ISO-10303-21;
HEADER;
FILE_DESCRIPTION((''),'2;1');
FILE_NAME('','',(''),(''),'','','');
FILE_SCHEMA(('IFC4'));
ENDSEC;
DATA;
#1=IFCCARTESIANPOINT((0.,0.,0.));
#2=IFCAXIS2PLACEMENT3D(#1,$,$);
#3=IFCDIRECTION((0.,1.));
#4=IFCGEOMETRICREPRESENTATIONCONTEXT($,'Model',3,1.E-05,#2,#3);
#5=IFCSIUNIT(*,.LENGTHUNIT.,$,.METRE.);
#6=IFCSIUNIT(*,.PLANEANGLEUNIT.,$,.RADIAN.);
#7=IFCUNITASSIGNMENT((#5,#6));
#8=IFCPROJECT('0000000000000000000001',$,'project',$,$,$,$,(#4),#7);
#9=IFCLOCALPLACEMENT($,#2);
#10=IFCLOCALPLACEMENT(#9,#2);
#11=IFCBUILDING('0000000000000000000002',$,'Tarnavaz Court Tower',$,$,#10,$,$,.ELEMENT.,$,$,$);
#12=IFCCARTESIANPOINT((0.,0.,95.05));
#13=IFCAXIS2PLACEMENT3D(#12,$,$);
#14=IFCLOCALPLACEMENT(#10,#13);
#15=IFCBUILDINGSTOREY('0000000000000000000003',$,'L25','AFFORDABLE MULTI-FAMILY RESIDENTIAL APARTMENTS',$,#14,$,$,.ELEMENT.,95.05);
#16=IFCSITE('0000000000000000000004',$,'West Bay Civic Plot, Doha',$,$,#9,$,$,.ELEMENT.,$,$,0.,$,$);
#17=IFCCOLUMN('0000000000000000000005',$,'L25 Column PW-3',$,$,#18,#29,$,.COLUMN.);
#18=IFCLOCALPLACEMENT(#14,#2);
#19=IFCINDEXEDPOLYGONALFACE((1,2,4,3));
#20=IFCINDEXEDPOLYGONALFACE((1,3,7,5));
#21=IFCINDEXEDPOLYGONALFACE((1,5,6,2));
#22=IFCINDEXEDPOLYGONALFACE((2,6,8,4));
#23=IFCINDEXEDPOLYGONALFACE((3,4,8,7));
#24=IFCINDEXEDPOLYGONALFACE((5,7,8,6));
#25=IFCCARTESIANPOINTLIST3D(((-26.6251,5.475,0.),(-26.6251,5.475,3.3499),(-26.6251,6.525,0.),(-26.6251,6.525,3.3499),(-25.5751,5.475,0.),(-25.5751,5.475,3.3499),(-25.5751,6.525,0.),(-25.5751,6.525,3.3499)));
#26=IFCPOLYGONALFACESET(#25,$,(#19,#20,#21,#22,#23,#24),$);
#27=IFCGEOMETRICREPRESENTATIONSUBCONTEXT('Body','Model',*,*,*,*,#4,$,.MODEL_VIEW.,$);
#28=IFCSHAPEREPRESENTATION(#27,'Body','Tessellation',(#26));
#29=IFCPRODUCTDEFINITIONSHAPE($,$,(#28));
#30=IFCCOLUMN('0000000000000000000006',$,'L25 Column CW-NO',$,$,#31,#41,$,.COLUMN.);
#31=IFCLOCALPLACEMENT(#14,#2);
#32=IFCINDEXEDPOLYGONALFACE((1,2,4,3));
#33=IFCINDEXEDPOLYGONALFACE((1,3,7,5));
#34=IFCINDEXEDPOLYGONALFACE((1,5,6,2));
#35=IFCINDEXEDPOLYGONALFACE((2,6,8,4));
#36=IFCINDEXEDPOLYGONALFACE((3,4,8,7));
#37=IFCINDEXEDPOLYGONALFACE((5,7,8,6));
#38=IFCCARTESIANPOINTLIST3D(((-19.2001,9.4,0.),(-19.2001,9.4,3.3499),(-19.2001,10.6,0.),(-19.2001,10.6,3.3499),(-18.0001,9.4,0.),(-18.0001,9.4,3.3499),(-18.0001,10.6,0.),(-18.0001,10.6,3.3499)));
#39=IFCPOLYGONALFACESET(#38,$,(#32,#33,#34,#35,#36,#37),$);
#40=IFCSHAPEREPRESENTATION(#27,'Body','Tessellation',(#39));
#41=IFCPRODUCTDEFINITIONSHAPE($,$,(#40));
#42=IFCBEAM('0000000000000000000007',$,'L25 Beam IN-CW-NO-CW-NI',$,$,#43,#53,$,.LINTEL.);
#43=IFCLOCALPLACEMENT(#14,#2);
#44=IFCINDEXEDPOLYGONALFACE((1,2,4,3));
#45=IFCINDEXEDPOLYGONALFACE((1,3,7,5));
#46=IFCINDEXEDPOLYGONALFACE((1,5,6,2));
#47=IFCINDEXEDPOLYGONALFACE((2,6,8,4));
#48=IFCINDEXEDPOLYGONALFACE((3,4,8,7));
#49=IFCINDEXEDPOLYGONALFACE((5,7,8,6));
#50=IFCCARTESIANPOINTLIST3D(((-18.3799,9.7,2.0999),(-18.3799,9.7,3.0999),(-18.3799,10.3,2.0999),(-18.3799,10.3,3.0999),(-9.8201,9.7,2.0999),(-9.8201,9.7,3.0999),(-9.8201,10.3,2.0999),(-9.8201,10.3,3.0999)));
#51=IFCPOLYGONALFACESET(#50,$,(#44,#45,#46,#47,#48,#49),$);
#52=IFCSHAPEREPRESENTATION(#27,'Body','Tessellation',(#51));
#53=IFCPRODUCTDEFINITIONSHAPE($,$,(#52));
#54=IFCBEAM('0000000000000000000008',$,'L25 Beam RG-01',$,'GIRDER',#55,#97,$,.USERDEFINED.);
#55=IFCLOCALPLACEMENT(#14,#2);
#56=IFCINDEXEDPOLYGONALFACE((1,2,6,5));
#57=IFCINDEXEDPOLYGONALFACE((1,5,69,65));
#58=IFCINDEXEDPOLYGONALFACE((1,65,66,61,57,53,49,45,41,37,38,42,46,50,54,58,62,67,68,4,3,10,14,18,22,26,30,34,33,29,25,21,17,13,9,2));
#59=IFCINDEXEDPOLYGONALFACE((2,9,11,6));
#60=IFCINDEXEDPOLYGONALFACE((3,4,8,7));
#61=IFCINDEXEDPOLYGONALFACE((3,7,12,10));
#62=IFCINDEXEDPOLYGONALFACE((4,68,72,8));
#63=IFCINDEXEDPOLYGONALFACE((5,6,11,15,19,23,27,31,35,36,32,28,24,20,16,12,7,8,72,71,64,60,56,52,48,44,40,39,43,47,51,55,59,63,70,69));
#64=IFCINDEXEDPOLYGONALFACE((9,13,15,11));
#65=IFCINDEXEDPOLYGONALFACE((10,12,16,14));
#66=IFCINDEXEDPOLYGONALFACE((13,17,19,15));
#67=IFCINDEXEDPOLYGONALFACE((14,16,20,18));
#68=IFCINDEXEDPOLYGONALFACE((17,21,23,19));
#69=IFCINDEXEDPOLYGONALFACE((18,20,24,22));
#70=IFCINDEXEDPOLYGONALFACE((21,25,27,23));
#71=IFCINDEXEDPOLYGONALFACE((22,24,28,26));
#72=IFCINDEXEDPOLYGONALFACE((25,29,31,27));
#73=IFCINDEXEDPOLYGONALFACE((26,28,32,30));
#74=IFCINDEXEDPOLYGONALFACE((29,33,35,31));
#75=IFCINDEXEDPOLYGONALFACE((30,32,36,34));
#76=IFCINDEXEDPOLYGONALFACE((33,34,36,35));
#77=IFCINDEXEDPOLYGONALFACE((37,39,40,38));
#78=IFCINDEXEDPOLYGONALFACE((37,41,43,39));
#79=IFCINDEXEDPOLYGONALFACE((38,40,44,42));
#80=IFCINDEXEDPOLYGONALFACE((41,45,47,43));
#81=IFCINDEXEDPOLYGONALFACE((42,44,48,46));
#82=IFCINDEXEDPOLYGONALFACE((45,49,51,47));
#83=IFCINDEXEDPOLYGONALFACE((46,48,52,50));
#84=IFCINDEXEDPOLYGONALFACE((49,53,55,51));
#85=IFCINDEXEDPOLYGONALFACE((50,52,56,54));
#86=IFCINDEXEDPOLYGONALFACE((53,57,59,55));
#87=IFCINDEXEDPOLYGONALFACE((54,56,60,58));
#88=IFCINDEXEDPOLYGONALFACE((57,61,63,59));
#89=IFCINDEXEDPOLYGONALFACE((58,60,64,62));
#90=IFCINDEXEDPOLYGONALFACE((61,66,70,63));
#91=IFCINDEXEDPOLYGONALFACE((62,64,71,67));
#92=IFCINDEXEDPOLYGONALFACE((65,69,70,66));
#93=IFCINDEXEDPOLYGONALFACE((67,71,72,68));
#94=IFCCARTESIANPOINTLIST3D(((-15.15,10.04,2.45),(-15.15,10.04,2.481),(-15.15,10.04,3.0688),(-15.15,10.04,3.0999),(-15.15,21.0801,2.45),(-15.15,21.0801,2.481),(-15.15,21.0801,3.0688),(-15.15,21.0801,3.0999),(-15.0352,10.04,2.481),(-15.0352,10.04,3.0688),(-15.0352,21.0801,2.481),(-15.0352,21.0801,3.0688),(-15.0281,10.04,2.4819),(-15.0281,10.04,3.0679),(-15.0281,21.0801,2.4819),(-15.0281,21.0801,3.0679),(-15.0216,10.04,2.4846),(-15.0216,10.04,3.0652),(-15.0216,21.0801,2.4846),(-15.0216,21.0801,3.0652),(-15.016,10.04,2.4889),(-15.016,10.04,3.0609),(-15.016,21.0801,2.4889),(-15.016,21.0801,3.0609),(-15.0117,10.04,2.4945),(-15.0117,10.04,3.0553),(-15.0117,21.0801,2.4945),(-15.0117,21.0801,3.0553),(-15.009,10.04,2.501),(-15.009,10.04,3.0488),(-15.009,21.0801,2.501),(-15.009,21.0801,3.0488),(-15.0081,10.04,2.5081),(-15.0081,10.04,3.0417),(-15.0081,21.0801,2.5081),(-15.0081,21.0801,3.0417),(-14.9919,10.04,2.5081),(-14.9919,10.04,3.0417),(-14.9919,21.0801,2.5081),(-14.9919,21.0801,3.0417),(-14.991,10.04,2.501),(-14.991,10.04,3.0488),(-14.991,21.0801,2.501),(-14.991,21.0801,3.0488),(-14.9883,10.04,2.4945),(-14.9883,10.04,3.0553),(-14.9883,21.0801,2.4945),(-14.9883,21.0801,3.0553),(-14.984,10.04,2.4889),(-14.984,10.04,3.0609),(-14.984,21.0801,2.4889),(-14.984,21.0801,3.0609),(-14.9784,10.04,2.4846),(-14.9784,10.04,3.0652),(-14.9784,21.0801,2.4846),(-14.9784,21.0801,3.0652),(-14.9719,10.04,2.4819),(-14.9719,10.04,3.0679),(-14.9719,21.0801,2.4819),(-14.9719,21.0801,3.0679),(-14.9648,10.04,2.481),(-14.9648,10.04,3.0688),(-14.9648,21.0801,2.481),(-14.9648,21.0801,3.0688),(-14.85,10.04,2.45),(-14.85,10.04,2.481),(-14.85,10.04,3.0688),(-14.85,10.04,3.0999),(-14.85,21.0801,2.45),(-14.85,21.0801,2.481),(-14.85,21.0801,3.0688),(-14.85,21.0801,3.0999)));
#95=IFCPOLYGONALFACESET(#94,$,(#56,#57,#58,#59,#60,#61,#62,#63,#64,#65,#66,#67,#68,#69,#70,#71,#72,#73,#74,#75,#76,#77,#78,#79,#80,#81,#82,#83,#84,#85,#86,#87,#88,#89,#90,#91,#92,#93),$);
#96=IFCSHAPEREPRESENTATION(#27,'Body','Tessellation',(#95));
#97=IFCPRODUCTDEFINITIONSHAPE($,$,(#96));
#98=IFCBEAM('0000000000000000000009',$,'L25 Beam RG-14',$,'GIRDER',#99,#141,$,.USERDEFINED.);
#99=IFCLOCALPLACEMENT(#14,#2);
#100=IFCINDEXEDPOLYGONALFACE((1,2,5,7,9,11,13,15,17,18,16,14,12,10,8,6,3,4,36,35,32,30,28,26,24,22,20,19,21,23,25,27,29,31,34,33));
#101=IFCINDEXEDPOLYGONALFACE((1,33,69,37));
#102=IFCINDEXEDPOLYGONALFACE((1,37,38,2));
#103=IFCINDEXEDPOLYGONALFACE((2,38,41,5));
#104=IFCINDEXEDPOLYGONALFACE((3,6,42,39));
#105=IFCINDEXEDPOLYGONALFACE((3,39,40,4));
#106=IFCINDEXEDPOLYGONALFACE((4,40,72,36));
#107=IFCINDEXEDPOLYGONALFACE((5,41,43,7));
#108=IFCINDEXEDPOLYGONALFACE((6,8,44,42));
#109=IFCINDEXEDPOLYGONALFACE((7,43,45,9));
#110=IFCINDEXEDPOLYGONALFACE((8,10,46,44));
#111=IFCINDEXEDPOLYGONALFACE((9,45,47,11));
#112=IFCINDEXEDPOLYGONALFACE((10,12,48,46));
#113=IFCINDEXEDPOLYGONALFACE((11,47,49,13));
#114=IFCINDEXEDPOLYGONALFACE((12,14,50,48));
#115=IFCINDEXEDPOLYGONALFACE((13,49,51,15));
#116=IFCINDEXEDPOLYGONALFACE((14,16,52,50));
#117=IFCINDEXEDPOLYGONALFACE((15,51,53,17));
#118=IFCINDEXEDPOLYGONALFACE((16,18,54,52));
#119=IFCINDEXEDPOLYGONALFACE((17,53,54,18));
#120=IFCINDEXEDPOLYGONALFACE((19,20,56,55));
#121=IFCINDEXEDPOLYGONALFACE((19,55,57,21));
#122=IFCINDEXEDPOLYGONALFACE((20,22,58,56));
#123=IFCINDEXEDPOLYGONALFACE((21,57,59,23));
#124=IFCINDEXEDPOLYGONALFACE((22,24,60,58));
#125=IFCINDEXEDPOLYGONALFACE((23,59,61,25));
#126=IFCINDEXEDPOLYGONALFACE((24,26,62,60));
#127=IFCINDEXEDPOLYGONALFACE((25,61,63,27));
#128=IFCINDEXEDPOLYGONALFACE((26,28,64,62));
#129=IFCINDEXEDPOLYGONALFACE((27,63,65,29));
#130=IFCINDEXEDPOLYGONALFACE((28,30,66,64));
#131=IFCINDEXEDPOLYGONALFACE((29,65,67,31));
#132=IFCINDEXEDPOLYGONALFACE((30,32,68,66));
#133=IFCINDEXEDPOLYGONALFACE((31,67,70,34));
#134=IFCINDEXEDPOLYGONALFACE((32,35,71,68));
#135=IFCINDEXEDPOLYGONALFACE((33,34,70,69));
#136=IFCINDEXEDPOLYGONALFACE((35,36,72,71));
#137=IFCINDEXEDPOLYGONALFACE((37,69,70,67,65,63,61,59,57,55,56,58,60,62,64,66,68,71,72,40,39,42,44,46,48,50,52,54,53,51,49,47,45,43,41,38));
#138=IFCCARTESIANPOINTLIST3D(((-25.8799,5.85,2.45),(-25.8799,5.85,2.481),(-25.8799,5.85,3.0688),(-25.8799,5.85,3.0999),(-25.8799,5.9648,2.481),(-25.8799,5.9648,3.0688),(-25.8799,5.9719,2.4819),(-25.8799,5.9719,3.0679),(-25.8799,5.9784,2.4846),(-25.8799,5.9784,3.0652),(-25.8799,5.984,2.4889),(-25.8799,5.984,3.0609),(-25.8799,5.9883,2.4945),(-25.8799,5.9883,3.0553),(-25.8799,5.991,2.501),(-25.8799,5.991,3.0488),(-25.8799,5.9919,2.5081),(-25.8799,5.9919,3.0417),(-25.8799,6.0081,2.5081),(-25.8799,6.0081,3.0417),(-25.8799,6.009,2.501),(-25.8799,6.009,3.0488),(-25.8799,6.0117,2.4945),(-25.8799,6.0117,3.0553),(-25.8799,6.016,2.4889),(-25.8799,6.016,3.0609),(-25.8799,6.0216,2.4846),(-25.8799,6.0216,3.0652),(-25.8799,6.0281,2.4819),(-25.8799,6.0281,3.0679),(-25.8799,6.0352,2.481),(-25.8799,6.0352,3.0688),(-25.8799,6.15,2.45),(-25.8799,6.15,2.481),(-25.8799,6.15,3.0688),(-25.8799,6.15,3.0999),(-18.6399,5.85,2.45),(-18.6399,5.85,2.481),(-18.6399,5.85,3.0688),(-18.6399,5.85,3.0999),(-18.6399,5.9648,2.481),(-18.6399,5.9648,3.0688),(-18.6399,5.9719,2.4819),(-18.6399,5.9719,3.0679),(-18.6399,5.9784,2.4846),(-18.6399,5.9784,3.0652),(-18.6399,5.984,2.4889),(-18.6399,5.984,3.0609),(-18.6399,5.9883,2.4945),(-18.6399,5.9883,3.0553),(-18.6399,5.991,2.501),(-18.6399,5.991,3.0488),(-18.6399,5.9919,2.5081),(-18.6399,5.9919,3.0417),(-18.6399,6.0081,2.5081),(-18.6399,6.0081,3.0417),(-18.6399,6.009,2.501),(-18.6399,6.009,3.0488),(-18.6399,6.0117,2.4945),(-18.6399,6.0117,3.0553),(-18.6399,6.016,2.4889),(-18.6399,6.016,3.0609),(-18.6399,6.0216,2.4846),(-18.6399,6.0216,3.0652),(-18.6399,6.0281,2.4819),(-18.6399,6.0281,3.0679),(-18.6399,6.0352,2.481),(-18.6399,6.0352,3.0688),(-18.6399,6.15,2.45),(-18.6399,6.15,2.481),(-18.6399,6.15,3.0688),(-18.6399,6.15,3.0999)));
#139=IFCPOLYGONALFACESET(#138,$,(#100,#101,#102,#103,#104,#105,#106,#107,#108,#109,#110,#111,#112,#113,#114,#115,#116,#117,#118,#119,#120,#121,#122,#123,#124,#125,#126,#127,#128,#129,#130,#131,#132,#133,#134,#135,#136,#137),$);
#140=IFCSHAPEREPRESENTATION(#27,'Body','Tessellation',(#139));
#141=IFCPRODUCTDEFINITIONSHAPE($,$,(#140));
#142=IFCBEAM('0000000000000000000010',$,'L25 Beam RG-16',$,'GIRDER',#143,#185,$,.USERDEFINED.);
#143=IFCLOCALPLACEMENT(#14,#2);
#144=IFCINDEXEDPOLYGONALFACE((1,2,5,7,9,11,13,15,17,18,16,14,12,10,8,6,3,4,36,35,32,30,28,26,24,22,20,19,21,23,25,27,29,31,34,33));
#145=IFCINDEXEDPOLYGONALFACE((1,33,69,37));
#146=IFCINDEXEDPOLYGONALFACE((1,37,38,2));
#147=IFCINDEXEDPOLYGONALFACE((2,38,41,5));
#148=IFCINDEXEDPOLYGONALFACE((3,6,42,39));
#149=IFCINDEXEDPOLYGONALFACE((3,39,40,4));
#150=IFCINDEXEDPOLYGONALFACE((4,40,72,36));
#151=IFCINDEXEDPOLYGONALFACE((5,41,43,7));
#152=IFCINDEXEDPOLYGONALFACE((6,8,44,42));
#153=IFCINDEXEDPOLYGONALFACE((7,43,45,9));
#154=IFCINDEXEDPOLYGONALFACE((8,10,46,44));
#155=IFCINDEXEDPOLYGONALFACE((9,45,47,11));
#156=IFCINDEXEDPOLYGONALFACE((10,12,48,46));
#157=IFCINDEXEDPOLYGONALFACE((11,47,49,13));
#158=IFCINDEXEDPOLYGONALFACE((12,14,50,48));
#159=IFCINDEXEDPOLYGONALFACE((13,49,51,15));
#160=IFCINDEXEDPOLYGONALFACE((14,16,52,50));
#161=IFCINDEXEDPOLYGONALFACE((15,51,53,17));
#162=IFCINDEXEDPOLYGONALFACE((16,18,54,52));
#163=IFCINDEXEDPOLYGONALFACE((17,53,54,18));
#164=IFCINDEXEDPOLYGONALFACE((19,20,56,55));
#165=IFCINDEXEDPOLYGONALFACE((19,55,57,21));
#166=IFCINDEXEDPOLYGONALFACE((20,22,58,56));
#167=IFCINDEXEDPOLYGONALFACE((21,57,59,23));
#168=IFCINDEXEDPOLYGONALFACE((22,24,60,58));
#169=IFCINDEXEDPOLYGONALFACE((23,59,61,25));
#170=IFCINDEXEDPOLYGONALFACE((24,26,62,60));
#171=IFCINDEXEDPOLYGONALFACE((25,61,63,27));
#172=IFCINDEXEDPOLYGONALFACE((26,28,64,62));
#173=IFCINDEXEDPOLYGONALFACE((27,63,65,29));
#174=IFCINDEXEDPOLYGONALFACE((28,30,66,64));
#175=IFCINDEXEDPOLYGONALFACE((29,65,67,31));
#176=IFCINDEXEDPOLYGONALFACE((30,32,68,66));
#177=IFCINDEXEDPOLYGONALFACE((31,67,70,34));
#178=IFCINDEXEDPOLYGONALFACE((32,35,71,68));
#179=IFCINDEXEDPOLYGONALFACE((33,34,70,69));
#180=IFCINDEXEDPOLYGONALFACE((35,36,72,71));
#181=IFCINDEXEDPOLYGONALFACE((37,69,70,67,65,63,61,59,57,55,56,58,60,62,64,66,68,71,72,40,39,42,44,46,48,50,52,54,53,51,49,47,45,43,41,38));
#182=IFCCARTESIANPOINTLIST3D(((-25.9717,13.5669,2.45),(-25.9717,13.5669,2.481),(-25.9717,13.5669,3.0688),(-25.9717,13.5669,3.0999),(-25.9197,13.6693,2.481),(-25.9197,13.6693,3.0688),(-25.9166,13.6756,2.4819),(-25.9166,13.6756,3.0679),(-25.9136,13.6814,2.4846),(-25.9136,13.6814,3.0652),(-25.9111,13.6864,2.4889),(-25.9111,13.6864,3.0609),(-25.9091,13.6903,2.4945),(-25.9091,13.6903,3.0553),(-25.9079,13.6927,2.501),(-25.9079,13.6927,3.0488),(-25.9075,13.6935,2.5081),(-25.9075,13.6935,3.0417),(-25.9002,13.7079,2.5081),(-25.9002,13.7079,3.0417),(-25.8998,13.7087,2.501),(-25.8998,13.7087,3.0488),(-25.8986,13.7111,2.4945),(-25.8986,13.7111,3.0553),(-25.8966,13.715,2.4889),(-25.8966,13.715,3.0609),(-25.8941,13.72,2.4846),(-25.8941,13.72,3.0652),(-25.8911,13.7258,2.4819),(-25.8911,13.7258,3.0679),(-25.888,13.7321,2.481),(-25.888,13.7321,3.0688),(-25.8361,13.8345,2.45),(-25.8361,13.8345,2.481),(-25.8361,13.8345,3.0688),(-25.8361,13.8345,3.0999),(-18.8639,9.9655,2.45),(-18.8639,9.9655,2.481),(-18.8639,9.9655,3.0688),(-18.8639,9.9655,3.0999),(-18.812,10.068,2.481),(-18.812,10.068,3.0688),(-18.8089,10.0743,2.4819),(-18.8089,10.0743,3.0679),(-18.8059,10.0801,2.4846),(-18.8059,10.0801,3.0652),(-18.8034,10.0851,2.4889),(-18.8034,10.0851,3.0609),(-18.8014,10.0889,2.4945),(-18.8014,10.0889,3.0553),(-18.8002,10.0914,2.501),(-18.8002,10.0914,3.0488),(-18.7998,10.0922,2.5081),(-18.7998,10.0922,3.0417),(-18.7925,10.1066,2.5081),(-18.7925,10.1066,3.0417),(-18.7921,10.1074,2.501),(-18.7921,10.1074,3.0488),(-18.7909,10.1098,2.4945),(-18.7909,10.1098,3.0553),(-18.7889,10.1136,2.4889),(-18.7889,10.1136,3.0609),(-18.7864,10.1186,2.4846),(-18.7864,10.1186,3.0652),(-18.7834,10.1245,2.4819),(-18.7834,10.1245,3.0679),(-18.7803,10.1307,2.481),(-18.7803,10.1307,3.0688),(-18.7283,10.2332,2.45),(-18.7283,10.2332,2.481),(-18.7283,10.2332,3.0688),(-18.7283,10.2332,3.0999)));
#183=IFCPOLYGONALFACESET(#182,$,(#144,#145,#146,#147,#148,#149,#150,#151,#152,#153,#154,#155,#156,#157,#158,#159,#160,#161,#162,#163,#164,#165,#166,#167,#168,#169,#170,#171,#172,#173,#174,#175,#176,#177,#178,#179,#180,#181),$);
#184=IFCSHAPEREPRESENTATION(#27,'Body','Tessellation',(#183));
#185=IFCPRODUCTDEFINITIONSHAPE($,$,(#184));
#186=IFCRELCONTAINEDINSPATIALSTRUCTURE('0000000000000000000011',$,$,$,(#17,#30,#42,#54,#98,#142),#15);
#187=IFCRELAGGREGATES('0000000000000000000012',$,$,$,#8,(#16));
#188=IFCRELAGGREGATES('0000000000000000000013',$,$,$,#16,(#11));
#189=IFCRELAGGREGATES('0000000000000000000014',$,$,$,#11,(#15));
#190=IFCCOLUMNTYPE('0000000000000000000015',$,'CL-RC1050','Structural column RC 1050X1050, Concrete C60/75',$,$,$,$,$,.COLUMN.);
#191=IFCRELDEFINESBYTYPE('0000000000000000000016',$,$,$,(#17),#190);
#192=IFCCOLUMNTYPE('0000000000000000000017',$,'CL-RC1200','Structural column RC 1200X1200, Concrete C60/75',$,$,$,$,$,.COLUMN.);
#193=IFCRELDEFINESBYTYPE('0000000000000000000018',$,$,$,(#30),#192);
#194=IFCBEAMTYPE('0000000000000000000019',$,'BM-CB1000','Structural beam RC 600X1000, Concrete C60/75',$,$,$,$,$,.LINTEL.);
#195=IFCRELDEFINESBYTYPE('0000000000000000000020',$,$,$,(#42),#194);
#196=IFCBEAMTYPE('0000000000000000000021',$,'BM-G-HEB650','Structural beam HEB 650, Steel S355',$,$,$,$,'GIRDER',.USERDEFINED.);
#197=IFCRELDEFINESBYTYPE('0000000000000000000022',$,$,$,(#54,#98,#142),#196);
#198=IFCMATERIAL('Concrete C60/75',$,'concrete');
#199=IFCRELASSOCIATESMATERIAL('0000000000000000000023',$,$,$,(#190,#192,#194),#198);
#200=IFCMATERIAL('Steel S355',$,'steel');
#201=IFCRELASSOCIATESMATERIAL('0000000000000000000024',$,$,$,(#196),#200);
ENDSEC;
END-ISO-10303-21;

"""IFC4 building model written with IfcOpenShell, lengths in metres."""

from ifc_helpers import new_model, si_unit, direction, frame, origin, origin_2d, place, context, subcontext, project, spatial, rectangle, i_section, extrude, material, material_profile, profile_set, type_object, element, save


model = new_model("IFC4")

# Units and contexts
model_context = context("Model", 3, precision=1e-05, world=origin(), true_north=direction((0.0, 1.0)))
body_context = subcontext(model_context, "Body", "Model", "MODEL_VIEW")
ifc_project = project(units=[si_unit("LENGTHUNIT", "METRE"), si_unit("PLANEANGLEUNIT", "RADIAN")], contexts=[model_context])

# Site, building, storey
site_placement = place(None, origin())
site = spatial("IfcSite", under=ifc_project, at=site_placement, Name="West Bay Civic Plot, Doha", CompositionType="ELEMENT", RefElevation=0.0)
building_placement = place(site_placement, origin())
building = spatial("IfcBuilding", under=site, at=building_placement, Name="Tarnavaz Court Tower", CompositionType="ELEMENT")
storey_placement = place(building_placement, frame((0.0, 0.0, 95.05)))
storey = spatial("IfcBuildingStorey", under=building, at=storey_placement, Name="L25", Description="AFFORDABLE MULTI-FAMILY RESIDENTIAL APARTMENTS", CompositionType="ELEMENT", Elevation=95.05)

# Columns
ifc_material_1 = material(Name="Concrete C60/75", Category="concrete")
ifc_material_profile_1 = material_profile(ifc_material_1, rectangle(XDim=1.05, YDim=1.05, at=origin_2d()), Name="RC 1050X1050")
ifc_profile_set_1 = profile_set([ifc_material_profile_1], Name="Concrete C60/75")
column_type_1 = type_object("IfcColumnType", Name="CL-RC1050", Description="Structural column RC 1050X1050, Concrete C60/75", PredefinedType="COLUMN", material=ifc_profile_set_1)
column_1_placement = place(storey_placement, frame((-26.1001, 6.0, 0.0), z_axis=(0.0, 0.0, 1.0), x_axis=(1.0, 0.0, 0.0)))
element("IfcColumn", 1, at=column_1_placement, inside=storey, type_object=column_type_1, Name="L25 Column PW-3", PredefinedType="COLUMN", context=body_context, shape_type="SweptSolid", body=[
    extrude(rectangle(XDim=1.05, YDim=1.05, at=origin_2d()), origin(), (0.0, 0.0, 1.0), 3.3499),
])
ifc_material_profile_2 = material_profile(ifc_material_1, rectangle(XDim=1.2, YDim=1.2, at=origin_2d()), Name="RC 1200X1200")
ifc_profile_set_2 = profile_set([ifc_material_profile_2], Name="Concrete C60/75")
column_type_2 = type_object("IfcColumnType", Name="CL-RC1200", Description="Structural column RC 1200X1200, Concrete C60/75", PredefinedType="COLUMN", material=ifc_profile_set_2)
column_2_placement = place(storey_placement, frame((-18.6001, 10.0, 0.0), z_axis=(0.0, 0.0, 1.0), x_axis=(1.0, 0.0, 0.0)))
element("IfcColumn", 2, at=column_2_placement, inside=storey, type_object=column_type_2, Name="L25 Column CW-NO", PredefinedType="COLUMN", context=body_context, shape_type="SweptSolid", body=[
    extrude(rectangle(XDim=1.2, YDim=1.2, at=origin_2d()), origin(), (0.0, 0.0, 1.0), 3.3499),
])

# Beams
ifc_material_profile_3 = material_profile(ifc_material_1, rectangle(XDim=0.6001, YDim=1.0, at=origin_2d()), Name="RC 600X1000")
ifc_profile_set_3 = profile_set([ifc_material_profile_3], Name="Concrete C60/75")
beam_type_1 = type_object("IfcBeamType", Name="BM-CB1000", Description="Structural beam RC 600X1000, Concrete C60/75", PredefinedType="LINTEL", material=ifc_profile_set_3)
beam_1_placement = place(storey_placement, frame((-18.3799, 10.0, 2.5999), z_axis=(1.0, 0.0, 0.0), x_axis=(0.0, 1.0, 0.0)))
element("IfcBeam", 3, at=beam_1_placement, inside=storey, type_object=beam_type_1, Name="L25 Beam IN-CW-NO-CW-NI", PredefinedType="LINTEL", context=body_context, shape_type="SweptSolid", body=[
    extrude(rectangle(XDim=0.6001, YDim=1.0, at=origin_2d()), origin(), (0.0, 0.0, 1.0), 8.5598),
])
ifc_material_2 = material(Name="Steel S355", Category="steel")
ifc_material_profile_4 = material_profile(ifc_material_2, i_section(OverallWidth=0.3, OverallDepth=0.6499, WebThickness=0.0161, FlangeThickness=0.031, FilletRadius=0.0271, at=origin_2d()), Name="HEB 650")
ifc_profile_set_4 = profile_set([ifc_material_profile_4], Name="Steel S355")
beam_type_2 = type_object("IfcBeamType", Name="BM-G-HEB650", Description="Structural beam HEB 650, Steel S355", ElementType="GIRDER", PredefinedType="USERDEFINED", material=ifc_profile_set_4)
beam_2_placement = place(storey_placement, frame((-15.0, 10.04, 2.7749), z_axis=(0.0, 1.0, 0.0), x_axis=(-1.0, 0.0, 0.0)))
element("IfcBeam", 4, at=beam_2_placement, inside=storey, type_object=beam_type_2, Name="L25 Beam RG-01", ObjectType="GIRDER", PredefinedType="USERDEFINED", context=body_context, shape_type="SweptSolid", body=[
    extrude(i_section(OverallWidth=0.3, OverallDepth=0.6499, WebThickness=0.0161, FlangeThickness=0.031, FilletRadius=0.0271, at=origin_2d()), origin(), (0.0, 0.0, 1.0), 11.04),
])
beam_3_placement = place(storey_placement, frame((-18.6399, 6.0, 2.7749), z_axis=(-1.0, 0.0, 0.0), x_axis=(0.0, -1.0, 0.0)))
element("IfcBeam", 5, at=beam_3_placement, inside=storey, type_object=beam_type_2, Name="L25 Beam RG-14", ObjectType="GIRDER", PredefinedType="USERDEFINED", context=body_context, shape_type="SweptSolid", body=[
    extrude(i_section(OverallWidth=0.3, OverallDepth=0.6499, WebThickness=0.0161, FlangeThickness=0.031, FilletRadius=0.0271, at=origin_2d()), origin(), (0.0, 0.0, 1.0), 7.24),
])
beam_4_placement = place(storey_placement, frame((-18.7961, 10.0994, 2.7749), z_axis=(-0.892031, 0.451975, 0.0), x_axis=(-0.451975, -0.892031, 0.0)))
element("IfcBeam", 6, at=beam_4_placement, inside=storey, type_object=beam_type_2, Name="L25 Beam RG-16", ObjectType="GIRDER", PredefinedType="USERDEFINED", context=body_context, shape_type="SweptSolid", body=[
    extrude(i_section(OverallWidth=0.3, OverallDepth=0.6499, WebThickness=0.0161, FlangeThickness=0.031, FilletRadius=0.0271, at=origin_2d()), origin(), (0.0, 0.0, 1.0), 7.968),
])

save(model, "model.ifc")
